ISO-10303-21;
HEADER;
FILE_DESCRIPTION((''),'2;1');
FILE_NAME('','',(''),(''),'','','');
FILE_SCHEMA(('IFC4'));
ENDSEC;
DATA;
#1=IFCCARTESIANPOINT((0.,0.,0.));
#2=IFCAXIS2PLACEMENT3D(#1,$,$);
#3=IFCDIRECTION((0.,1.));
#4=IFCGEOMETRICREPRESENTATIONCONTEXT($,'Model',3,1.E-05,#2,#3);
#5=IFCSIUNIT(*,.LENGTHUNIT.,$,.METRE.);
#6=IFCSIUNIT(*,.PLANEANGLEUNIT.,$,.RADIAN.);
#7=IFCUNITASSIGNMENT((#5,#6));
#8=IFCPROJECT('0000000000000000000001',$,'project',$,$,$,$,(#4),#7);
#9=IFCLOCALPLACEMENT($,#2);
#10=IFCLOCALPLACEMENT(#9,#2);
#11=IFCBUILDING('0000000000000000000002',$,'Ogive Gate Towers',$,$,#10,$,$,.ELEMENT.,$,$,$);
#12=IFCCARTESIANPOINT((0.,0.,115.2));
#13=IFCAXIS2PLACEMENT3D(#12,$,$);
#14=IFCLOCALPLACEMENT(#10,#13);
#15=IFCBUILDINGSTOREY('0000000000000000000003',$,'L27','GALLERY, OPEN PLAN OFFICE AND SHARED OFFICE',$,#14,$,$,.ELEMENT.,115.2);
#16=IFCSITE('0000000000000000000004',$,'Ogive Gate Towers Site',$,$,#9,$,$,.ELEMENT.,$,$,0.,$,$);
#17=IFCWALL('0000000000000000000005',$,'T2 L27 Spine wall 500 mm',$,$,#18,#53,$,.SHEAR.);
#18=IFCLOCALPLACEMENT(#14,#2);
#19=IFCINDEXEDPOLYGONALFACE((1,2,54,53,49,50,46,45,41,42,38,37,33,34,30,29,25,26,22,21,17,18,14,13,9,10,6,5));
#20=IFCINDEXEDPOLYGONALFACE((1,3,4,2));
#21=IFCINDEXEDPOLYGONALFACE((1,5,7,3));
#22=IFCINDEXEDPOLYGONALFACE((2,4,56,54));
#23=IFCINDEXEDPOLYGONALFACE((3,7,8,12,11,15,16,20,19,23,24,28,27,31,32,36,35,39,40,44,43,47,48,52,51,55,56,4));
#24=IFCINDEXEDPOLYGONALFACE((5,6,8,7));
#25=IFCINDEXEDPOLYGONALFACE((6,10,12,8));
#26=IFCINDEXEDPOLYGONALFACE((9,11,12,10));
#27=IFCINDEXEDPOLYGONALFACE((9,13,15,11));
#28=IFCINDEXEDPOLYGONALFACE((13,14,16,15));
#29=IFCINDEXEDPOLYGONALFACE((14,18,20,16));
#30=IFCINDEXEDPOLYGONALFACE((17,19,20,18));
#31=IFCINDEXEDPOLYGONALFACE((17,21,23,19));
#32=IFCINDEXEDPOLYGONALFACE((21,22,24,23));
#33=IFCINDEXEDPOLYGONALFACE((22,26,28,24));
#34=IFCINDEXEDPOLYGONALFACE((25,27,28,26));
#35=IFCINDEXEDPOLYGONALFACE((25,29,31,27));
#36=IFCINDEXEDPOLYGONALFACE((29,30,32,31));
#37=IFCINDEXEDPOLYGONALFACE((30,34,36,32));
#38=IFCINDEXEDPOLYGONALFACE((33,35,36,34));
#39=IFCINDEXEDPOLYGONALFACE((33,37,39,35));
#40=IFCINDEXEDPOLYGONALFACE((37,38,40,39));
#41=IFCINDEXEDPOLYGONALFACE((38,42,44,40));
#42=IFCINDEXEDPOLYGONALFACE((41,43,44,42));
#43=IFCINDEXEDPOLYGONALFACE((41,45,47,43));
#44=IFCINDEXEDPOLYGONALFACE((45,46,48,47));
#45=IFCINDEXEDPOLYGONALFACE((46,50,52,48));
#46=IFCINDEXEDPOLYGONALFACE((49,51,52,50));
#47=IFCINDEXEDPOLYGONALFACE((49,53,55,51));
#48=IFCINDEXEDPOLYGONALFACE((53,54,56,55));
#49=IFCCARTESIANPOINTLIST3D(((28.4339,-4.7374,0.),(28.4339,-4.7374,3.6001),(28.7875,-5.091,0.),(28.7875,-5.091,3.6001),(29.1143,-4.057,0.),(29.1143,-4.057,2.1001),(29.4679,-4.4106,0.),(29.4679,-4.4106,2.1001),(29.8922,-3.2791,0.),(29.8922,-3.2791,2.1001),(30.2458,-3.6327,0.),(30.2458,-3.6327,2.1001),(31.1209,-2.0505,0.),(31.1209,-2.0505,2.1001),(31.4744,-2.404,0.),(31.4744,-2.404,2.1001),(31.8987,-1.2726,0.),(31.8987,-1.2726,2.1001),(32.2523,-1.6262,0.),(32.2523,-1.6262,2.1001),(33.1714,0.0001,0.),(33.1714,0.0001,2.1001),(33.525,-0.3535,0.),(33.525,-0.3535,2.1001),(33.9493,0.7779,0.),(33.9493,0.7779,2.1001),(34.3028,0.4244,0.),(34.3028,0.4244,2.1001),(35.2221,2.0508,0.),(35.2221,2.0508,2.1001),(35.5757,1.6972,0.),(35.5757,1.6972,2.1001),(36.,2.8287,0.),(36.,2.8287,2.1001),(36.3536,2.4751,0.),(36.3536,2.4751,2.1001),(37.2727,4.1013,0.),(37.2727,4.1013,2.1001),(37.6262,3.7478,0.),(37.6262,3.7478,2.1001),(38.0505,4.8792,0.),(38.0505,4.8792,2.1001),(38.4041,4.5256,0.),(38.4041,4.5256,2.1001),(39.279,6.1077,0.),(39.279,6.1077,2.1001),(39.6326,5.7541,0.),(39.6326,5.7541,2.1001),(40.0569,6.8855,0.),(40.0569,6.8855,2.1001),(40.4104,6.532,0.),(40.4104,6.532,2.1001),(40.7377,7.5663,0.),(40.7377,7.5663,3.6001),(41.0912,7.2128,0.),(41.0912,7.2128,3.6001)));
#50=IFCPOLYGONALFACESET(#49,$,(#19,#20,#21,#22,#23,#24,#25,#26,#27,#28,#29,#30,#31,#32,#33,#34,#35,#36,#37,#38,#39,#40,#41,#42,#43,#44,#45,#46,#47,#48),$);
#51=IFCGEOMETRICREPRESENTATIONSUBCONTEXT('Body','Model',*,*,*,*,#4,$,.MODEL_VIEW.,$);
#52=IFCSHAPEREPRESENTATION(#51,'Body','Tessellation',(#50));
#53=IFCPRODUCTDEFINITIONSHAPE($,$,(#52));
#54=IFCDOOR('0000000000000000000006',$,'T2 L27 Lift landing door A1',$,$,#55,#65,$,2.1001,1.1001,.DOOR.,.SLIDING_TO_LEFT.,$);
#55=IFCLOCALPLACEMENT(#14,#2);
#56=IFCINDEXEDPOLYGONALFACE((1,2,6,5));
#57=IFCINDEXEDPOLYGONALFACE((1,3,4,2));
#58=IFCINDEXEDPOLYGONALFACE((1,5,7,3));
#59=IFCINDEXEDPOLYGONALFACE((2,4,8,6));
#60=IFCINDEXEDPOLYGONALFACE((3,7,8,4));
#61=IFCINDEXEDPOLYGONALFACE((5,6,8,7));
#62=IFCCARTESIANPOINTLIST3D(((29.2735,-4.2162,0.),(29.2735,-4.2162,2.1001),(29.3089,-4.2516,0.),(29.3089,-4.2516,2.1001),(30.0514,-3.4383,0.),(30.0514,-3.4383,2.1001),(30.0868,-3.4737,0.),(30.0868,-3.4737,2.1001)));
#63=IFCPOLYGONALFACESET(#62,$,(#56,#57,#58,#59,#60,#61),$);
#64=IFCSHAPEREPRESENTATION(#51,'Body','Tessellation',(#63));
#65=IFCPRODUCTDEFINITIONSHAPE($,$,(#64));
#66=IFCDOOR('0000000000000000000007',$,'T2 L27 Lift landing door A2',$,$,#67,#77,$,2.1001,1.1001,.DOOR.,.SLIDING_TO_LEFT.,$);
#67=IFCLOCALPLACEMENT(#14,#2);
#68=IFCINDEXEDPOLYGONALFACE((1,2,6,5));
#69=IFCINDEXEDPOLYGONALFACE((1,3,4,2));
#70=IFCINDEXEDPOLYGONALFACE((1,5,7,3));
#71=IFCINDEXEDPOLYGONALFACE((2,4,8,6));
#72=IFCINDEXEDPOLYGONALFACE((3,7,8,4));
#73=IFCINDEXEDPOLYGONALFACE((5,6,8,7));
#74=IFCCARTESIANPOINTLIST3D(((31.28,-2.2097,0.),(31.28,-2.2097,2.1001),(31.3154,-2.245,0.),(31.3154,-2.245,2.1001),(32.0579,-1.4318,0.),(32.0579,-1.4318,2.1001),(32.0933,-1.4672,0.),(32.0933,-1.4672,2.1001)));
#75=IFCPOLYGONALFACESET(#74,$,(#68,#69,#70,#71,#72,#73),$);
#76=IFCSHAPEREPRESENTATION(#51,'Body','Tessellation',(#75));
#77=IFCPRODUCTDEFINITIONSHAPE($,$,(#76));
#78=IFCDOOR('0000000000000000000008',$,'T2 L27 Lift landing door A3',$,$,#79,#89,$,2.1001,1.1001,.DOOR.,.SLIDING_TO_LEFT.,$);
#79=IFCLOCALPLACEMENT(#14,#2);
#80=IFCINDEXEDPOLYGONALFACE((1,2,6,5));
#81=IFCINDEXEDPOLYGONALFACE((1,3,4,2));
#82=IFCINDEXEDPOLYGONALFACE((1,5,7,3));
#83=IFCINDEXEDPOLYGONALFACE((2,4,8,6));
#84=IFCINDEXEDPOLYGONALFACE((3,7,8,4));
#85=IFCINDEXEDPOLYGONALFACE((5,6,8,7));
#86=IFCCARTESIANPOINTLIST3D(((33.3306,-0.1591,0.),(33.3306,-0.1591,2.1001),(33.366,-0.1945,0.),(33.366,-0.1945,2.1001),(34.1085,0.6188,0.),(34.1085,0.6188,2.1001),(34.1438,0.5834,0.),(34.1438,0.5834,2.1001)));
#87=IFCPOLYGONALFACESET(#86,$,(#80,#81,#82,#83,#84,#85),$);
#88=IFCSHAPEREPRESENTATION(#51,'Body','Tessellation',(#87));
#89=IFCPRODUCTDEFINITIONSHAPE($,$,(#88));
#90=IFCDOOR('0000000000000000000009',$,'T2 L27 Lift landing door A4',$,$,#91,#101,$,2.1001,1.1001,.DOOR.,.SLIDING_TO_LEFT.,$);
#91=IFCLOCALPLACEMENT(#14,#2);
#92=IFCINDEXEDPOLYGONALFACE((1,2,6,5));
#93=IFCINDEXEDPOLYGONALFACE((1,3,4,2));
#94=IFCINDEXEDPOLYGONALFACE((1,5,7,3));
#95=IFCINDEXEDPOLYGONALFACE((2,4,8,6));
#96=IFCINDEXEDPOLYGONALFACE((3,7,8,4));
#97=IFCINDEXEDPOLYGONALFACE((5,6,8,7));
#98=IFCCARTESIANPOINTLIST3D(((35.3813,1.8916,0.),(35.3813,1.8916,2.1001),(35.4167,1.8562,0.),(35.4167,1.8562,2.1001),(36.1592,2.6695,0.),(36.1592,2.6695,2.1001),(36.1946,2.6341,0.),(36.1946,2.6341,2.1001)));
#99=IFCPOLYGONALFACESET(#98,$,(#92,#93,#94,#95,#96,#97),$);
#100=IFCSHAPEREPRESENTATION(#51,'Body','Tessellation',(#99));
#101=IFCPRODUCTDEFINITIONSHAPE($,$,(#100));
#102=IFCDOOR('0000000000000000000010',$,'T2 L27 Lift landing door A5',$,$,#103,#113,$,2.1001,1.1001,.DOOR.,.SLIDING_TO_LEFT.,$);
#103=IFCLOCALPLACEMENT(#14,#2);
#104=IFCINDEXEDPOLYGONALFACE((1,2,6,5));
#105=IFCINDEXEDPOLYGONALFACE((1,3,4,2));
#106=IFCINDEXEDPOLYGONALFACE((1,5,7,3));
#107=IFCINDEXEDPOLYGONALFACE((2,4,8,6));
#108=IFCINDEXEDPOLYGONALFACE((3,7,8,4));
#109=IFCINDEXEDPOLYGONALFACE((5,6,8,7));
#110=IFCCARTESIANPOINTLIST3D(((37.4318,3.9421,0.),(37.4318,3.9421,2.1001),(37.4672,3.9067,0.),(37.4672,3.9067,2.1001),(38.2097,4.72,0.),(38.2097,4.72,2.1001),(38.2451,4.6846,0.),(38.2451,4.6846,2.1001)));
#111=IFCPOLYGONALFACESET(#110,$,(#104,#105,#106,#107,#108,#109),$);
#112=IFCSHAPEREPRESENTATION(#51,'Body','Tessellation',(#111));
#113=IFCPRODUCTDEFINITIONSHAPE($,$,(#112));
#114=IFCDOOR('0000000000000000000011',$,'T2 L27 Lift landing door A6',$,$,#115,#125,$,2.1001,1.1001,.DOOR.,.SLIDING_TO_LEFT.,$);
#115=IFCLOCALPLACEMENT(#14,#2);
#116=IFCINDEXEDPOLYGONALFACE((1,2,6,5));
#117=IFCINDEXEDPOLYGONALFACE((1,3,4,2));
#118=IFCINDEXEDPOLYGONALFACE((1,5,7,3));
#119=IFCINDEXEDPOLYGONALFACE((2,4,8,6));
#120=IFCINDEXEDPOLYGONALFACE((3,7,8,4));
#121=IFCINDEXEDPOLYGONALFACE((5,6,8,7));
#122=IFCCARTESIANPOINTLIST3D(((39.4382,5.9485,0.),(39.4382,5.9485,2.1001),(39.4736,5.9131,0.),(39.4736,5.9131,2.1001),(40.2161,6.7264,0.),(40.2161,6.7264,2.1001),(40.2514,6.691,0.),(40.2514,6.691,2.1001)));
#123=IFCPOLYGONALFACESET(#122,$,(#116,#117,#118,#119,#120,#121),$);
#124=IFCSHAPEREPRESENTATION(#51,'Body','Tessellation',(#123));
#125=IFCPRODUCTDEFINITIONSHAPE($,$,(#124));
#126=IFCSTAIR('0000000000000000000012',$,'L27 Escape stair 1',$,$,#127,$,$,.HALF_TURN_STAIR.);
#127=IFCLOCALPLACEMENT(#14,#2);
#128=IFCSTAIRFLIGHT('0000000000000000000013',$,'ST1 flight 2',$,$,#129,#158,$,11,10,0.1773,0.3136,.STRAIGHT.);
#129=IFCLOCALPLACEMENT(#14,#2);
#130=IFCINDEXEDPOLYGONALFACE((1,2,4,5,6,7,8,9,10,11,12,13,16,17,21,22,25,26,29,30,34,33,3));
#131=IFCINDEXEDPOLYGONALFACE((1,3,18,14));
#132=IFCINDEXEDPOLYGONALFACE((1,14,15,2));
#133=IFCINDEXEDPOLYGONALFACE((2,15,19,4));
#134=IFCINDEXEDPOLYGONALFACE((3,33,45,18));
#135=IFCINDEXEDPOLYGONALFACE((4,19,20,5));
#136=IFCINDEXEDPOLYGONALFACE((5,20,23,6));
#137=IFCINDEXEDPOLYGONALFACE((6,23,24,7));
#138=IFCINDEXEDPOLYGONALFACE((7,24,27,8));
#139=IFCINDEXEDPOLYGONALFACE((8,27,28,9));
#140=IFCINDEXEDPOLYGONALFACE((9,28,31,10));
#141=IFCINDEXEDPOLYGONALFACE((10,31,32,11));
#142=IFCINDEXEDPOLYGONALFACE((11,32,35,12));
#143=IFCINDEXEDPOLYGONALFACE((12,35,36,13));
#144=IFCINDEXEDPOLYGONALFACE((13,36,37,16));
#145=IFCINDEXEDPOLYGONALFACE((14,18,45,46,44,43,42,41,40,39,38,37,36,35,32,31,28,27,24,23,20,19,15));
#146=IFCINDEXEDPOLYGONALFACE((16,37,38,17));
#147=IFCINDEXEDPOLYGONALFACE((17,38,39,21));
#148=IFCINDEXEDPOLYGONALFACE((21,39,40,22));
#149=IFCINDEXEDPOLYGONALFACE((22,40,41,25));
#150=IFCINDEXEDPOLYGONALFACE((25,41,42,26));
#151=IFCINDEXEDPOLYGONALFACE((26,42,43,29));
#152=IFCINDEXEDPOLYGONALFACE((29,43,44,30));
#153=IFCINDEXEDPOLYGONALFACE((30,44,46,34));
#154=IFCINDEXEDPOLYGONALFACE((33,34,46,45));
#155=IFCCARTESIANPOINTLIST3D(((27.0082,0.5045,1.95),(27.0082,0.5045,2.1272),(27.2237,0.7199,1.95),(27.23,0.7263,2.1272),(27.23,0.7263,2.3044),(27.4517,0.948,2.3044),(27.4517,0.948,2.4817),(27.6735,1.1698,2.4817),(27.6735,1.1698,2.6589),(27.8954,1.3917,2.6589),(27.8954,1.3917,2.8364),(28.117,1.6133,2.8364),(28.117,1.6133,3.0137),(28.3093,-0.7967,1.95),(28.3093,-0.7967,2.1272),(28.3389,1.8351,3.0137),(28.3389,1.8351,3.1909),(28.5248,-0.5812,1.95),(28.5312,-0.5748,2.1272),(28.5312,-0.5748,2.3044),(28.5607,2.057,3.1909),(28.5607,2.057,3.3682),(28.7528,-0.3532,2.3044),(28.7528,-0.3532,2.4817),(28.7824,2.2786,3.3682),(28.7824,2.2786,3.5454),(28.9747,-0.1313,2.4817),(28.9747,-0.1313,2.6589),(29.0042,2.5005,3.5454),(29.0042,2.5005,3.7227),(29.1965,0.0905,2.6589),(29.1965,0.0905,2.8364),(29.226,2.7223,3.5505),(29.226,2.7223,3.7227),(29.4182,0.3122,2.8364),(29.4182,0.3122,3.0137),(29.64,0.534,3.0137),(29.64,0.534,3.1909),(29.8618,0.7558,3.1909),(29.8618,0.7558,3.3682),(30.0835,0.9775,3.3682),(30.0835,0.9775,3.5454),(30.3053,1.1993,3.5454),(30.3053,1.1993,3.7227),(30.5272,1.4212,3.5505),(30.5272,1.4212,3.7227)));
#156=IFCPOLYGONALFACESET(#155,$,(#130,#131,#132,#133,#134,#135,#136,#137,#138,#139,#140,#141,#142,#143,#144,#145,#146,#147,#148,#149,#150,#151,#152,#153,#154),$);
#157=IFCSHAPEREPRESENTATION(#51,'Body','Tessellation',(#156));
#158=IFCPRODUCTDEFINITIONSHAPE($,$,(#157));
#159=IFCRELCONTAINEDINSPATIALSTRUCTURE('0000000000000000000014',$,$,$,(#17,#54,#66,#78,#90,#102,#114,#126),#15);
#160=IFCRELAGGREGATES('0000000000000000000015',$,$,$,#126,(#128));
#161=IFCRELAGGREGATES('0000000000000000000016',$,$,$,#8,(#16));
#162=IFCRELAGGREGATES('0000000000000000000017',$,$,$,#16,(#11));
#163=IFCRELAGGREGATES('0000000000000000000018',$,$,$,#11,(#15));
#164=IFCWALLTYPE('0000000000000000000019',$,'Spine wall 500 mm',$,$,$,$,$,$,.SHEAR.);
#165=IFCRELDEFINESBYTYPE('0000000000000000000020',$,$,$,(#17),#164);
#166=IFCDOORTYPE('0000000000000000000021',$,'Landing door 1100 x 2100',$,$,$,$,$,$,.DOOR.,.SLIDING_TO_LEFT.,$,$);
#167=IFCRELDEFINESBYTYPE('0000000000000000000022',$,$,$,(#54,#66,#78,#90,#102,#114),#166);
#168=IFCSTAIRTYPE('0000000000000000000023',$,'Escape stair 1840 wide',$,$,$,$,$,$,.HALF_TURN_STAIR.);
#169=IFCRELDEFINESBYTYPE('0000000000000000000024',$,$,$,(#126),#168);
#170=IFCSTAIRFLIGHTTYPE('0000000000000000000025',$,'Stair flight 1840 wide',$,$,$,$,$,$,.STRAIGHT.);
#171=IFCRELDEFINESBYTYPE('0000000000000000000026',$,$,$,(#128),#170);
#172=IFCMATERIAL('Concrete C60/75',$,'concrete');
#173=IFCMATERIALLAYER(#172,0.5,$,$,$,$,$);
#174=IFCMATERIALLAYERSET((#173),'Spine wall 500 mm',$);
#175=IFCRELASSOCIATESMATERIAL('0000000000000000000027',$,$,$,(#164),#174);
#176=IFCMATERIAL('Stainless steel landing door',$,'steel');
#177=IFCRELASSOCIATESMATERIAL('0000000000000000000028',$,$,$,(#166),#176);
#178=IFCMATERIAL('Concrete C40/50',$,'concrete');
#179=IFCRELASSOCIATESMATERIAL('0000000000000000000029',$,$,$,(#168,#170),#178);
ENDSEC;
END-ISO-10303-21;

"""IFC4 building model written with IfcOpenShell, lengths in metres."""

from ifc_helpers import new_model, si_unit, direction, frame, frame_2d, origin, place, context, subcontext, project, spatial, polyline, rectangle, outline, extrude, material, layer, layer_set, type_object, element, fill, aggregate, save


model = new_model("IFC4")

# Units and contexts
model_context = context("Model", 3, precision=1e-05, world=origin(), true_north=direction((0.0, 1.0)))
body_context = subcontext(model_context, "Body", "Model", "MODEL_VIEW")
ifc_project = project(units=[si_unit("LENGTHUNIT", "METRE"), si_unit("PLANEANGLEUNIT", "RADIAN")], contexts=[model_context])

# Site, building, storey
site_placement = place(None, origin())
site = spatial("IfcSite", under=ifc_project, at=site_placement, Name="Ogive Gate Towers Site", CompositionType="ELEMENT", RefElevation=0.0)
building_placement = place(site_placement, origin())
building = spatial("IfcBuilding", under=site, at=building_placement, Name="Ogive Gate Towers", CompositionType="ELEMENT")
storey_placement = place(building_placement, frame((0.0, 0.0, 115.2)))
storey = spatial("IfcBuildingStorey", under=building, at=storey_placement, Name="L27", Description="GALLERY, OPEN PLAN OFFICE AND SHARED OFFICE", CompositionType="ELEMENT", Elevation=115.2)

# Shared definitions
ifc_material_1 = material(Name="Concrete C60/75", Category="concrete")

# Wall, openings, doors
ifc_layer_1 = layer(ifc_material_1, 0.5)
ifc_layer_set_1 = layer_set([ifc_layer_1], Name="Spine wall 500 mm")
wall_type_1 = type_object("IfcWallType", Name="Spine wall 500 mm", PredefinedType="SHEAR", material=ifc_layer_set_1)
ifc_material_2 = material(Name="Stainless steel landing door", Category="steel")
wall_1_placement = place(storey_placement, frame((28.6106, -4.9143, 0.0), z_axis=(0.0, 0.0, 1.0), x_axis=(0.707107, 0.707107, 0.0)))
wall_1 = element("IfcWall", 1, at=wall_1_placement, inside=storey, type_object=wall_type_1, Name="T2 L27 Spine wall 500 mm", PredefinedType="SHEAR", context=body_context, shape_type="SweptSolid", body=[
    extrude(rectangle(XDim=17.4001, YDim=0.5, at=frame_2d((8.7002, 0.0))), origin(), (0.0, 0.0, 1.0), 3.6001),
])
opening_1_placement = place(wall_1_placement, frame((0.9624, 0.0, 0.0)))
opening_1 = element("IfcOpeningElement", 2, at=opening_1_placement, cuts=wall_1, PredefinedType="OPENING", context=body_context, shape_type="SweptSolid", body=[
    extrude(rectangle(XDim=1.1001, YDim=2.1001, at=frame_2d((0.55, 1.05))), frame((0.0, 0.26, 0.0), z_axis=(0.0, -1.0, 0.0), x_axis=(1.0, 0.0, 0.0)), (0.0, 0.0, 1.0), 0.52),
])
opening_2_placement = place(wall_1_placement, frame((3.8, 0.0, 0.0)))
opening_2 = element("IfcOpeningElement", 3, at=opening_2_placement, cuts=wall_1, PredefinedType="OPENING", context=body_context, shape_type="SweptSolid", body=[
    extrude(rectangle(XDim=1.1001, YDim=2.1001, at=frame_2d((0.55, 1.05))), frame((0.0, 0.26, 0.0), z_axis=(0.0, -1.0, 0.0), x_axis=(1.0, 0.0, 0.0)), (0.0, 0.0, 1.0), 0.52),
])
opening_3_placement = place(wall_1_placement, frame((6.7, 0.0, 0.0)))
opening_3 = element("IfcOpeningElement", 4, at=opening_3_placement, cuts=wall_1, PredefinedType="OPENING", context=body_context, shape_type="SweptSolid", body=[
    extrude(rectangle(XDim=1.1001, YDim=2.1001, at=frame_2d((0.55, 1.05))), frame((0.0, 0.26, 0.0), z_axis=(0.0, -1.0, 0.0), x_axis=(1.0, 0.0, 0.0)), (0.0, 0.0, 1.0), 0.52),
])
opening_4_placement = place(wall_1_placement, frame((9.6001, 0.0, 0.0)))
opening_4 = element("IfcOpeningElement", 5, at=opening_4_placement, cuts=wall_1, PredefinedType="OPENING", context=body_context, shape_type="SweptSolid", body=[
    extrude(rectangle(XDim=1.1001, YDim=2.1001, at=frame_2d((0.55, 1.05))), frame((0.0, 0.26, 0.0), z_axis=(0.0, -1.0, 0.0), x_axis=(1.0, 0.0, 0.0)), (0.0, 0.0, 1.0), 0.52),
])
opening_5_placement = place(wall_1_placement, frame((12.5, 0.0, 0.0)))
opening_5 = element("IfcOpeningElement", 6, at=opening_5_placement, cuts=wall_1, PredefinedType="OPENING", context=body_context, shape_type="SweptSolid", body=[
    extrude(rectangle(XDim=1.1001, YDim=2.1001, at=frame_2d((0.55, 1.05))), frame((0.0, 0.26, 0.0), z_axis=(0.0, -1.0, 0.0), x_axis=(1.0, 0.0, 0.0)), (0.0, 0.0, 1.0), 0.52),
])
opening_6_placement = place(wall_1_placement, frame((15.3374, 0.0, 0.0)))
opening_6 = element("IfcOpeningElement", 7, at=opening_6_placement, cuts=wall_1, PredefinedType="OPENING", context=body_context, shape_type="SweptSolid", body=[
    extrude(rectangle(XDim=1.1001, YDim=2.1001, at=frame_2d((0.55, 1.05))), frame((0.0, 0.26, 0.0), z_axis=(0.0, -1.0, 0.0), x_axis=(1.0, 0.0, 0.0)), (0.0, 0.0, 1.0), 0.52),
])
door_type_1 = type_object("IfcDoorType", Name="Landing door 1100 x 2100", OperationType="SLIDING_TO_LEFT", PredefinedType="DOOR", material=ifc_material_2)
door_1_placement = place(opening_1_placement, origin())
door_1 = element("IfcDoor", 8, at=door_1_placement, inside=storey, type_object=door_type_1, Name="T2 L27 Lift landing door A1", OperationType="SLIDING_TO_LEFT", OverallHeight=2.1001, OverallWidth=1.1001, PredefinedType="DOOR", context=body_context, shape_type="SweptSolid", body=[
    extrude(rectangle(XDim=1.1001, YDim=2.1001, at=frame_2d((0.55, 1.05))), frame((0.0, 0.0249, 0.0), z_axis=(0.0, -1.0, 0.0), x_axis=(1.0, 0.0, 0.0)), (0.0, 0.0, 1.0), 0.05),
])
fill(opening_1, door_1)
door_2_placement = place(opening_2_placement, origin())
door_2 = element("IfcDoor", 9, at=door_2_placement, inside=storey, type_object=door_type_1, Name="T2 L27 Lift landing door A2", OperationType="SLIDING_TO_LEFT", OverallHeight=2.1001, OverallWidth=1.1001, PredefinedType="DOOR", context=body_context, shape_type="SweptSolid", body=[
    extrude(rectangle(XDim=1.1001, YDim=2.1001, at=frame_2d((0.55, 1.05))), frame((0.0, 0.0249, 0.0), z_axis=(0.0, -1.0, 0.0), x_axis=(1.0, 0.0, 0.0)), (0.0, 0.0, 1.0), 0.05),
])
fill(opening_2, door_2)
door_3_placement = place(opening_3_placement, origin())
door_3 = element("IfcDoor", 10, at=door_3_placement, inside=storey, type_object=door_type_1, Name="T2 L27 Lift landing door A3", OperationType="SLIDING_TO_LEFT", OverallHeight=2.1001, OverallWidth=1.1001, PredefinedType="DOOR", context=body_context, shape_type="SweptSolid", body=[
    extrude(rectangle(XDim=1.1001, YDim=2.1001, at=frame_2d((0.55, 1.05))), frame((0.0, 0.0249, 0.0), z_axis=(0.0, -1.0, 0.0), x_axis=(1.0, 0.0, 0.0)), (0.0, 0.0, 1.0), 0.05),
])
fill(opening_3, door_3)
door_4_placement = place(opening_4_placement, origin())
door_4 = element("IfcDoor", 11, at=door_4_placement, inside=storey, type_object=door_type_1, Name="T2 L27 Lift landing door A4", OperationType="SLIDING_TO_LEFT", OverallHeight=2.1001, OverallWidth=1.1001, PredefinedType="DOOR", context=body_context, shape_type="SweptSolid", body=[
    extrude(rectangle(XDim=1.1001, YDim=2.1001, at=frame_2d((0.55, 1.05))), frame((0.0, 0.0249, 0.0), z_axis=(0.0, -1.0, 0.0), x_axis=(1.0, 0.0, 0.0)), (0.0, 0.0, 1.0), 0.05),
])
fill(opening_4, door_4)
door_5_placement = place(opening_5_placement, origin())
door_5 = element("IfcDoor", 12, at=door_5_placement, inside=storey, type_object=door_type_1, Name="T2 L27 Lift landing door A5", OperationType="SLIDING_TO_LEFT", OverallHeight=2.1001, OverallWidth=1.1001, PredefinedType="DOOR", context=body_context, shape_type="SweptSolid", body=[
    extrude(rectangle(XDim=1.1001, YDim=2.1001, at=frame_2d((0.55, 1.05))), frame((0.0, 0.0249, 0.0), z_axis=(0.0, -1.0, 0.0), x_axis=(1.0, 0.0, 0.0)), (0.0, 0.0, 1.0), 0.05),
])
fill(opening_5, door_5)
door_6_placement = place(opening_6_placement, origin())
door_6 = element("IfcDoor", 13, at=door_6_placement, inside=storey, type_object=door_type_1, Name="T2 L27 Lift landing door A6", OperationType="SLIDING_TO_LEFT", OverallHeight=2.1001, OverallWidth=1.1001, PredefinedType="DOOR", context=body_context, shape_type="SweptSolid", body=[
    extrude(rectangle(XDim=1.1001, YDim=2.1001, at=frame_2d((0.55, 1.05))), frame((0.0, 0.0249, 0.0), z_axis=(0.0, -1.0, 0.0), x_axis=(1.0, 0.0, 0.0)), (0.0, 0.0, 1.0), 0.05),
])
fill(opening_6, door_6)

# Stair, stair flight
ifc_material_3 = material(Name="Concrete C40/50", Category="concrete")
stair_type = type_object("IfcStairType", Name="Escape stair 1840 wide", PredefinedType="HALF_TURN_STAIR", material=ifc_material_3)
stair_placement = place(storey_placement, origin())
stair = element("IfcStair", 14, at=stair_placement, inside=storey, type_object=stair_type, Name="L27 Escape stair 1", PredefinedType="HALF_TURN_STAIR")
stair_flight_type = type_object("IfcStairFlightType", Name="Stair flight 1840 wide", PredefinedType="STRAIGHT", material=ifc_material_3)
stair_flight_placement = place(storey_placement, frame((27.6587, -0.146, 1.95), z_axis=(0.0, 0.0, 1.0), x_axis=(0.707107, 0.707107, 0.0)))
stair_flight = element("IfcStairFlight", 15, at=stair_flight_placement, type_object=stair_flight_type, Name="ST1 flight 2", NumberOfRisers=11, NumberOfTreads=10, PredefinedType="STRAIGHT", RiserHeight=0.1773, TreadLength=0.3136, context=body_context, shape_type="SweptSolid", body=[
    extrude(outline(polyline([(0.0, 0.0), (0.0, 0.1772), (0.3137, 0.1772), (0.3137, 0.3545), (0.6272, 0.3545), (0.6272, 0.5317), (0.9409, 0.5317), (0.9409, 0.709), (1.2546, 0.709), (1.2546, 0.8865), (1.5681, 0.8865), (1.5681, 1.0637), (1.8818, 1.0637), (1.8818, 1.241), (2.1956, 1.241), (2.1956, 1.4182), (2.509, 1.4182), (2.509, 1.5955), (2.8228, 1.5955), (2.8228, 1.7727), (3.1365, 1.7727), (3.1365, 1.95), (3.1365, 1.6006), (0.3047, 0.0), (0.0, 0.0)])), frame((0.0, 0.9199, 0.0), z_axis=(0.0, -1.0, 0.0), x_axis=(1.0, 0.0, 0.0)), (0.0, 0.0, 1.0), 1.8401),
])
aggregate(stair, [stair_flight])

save(model, "model.ifc")
